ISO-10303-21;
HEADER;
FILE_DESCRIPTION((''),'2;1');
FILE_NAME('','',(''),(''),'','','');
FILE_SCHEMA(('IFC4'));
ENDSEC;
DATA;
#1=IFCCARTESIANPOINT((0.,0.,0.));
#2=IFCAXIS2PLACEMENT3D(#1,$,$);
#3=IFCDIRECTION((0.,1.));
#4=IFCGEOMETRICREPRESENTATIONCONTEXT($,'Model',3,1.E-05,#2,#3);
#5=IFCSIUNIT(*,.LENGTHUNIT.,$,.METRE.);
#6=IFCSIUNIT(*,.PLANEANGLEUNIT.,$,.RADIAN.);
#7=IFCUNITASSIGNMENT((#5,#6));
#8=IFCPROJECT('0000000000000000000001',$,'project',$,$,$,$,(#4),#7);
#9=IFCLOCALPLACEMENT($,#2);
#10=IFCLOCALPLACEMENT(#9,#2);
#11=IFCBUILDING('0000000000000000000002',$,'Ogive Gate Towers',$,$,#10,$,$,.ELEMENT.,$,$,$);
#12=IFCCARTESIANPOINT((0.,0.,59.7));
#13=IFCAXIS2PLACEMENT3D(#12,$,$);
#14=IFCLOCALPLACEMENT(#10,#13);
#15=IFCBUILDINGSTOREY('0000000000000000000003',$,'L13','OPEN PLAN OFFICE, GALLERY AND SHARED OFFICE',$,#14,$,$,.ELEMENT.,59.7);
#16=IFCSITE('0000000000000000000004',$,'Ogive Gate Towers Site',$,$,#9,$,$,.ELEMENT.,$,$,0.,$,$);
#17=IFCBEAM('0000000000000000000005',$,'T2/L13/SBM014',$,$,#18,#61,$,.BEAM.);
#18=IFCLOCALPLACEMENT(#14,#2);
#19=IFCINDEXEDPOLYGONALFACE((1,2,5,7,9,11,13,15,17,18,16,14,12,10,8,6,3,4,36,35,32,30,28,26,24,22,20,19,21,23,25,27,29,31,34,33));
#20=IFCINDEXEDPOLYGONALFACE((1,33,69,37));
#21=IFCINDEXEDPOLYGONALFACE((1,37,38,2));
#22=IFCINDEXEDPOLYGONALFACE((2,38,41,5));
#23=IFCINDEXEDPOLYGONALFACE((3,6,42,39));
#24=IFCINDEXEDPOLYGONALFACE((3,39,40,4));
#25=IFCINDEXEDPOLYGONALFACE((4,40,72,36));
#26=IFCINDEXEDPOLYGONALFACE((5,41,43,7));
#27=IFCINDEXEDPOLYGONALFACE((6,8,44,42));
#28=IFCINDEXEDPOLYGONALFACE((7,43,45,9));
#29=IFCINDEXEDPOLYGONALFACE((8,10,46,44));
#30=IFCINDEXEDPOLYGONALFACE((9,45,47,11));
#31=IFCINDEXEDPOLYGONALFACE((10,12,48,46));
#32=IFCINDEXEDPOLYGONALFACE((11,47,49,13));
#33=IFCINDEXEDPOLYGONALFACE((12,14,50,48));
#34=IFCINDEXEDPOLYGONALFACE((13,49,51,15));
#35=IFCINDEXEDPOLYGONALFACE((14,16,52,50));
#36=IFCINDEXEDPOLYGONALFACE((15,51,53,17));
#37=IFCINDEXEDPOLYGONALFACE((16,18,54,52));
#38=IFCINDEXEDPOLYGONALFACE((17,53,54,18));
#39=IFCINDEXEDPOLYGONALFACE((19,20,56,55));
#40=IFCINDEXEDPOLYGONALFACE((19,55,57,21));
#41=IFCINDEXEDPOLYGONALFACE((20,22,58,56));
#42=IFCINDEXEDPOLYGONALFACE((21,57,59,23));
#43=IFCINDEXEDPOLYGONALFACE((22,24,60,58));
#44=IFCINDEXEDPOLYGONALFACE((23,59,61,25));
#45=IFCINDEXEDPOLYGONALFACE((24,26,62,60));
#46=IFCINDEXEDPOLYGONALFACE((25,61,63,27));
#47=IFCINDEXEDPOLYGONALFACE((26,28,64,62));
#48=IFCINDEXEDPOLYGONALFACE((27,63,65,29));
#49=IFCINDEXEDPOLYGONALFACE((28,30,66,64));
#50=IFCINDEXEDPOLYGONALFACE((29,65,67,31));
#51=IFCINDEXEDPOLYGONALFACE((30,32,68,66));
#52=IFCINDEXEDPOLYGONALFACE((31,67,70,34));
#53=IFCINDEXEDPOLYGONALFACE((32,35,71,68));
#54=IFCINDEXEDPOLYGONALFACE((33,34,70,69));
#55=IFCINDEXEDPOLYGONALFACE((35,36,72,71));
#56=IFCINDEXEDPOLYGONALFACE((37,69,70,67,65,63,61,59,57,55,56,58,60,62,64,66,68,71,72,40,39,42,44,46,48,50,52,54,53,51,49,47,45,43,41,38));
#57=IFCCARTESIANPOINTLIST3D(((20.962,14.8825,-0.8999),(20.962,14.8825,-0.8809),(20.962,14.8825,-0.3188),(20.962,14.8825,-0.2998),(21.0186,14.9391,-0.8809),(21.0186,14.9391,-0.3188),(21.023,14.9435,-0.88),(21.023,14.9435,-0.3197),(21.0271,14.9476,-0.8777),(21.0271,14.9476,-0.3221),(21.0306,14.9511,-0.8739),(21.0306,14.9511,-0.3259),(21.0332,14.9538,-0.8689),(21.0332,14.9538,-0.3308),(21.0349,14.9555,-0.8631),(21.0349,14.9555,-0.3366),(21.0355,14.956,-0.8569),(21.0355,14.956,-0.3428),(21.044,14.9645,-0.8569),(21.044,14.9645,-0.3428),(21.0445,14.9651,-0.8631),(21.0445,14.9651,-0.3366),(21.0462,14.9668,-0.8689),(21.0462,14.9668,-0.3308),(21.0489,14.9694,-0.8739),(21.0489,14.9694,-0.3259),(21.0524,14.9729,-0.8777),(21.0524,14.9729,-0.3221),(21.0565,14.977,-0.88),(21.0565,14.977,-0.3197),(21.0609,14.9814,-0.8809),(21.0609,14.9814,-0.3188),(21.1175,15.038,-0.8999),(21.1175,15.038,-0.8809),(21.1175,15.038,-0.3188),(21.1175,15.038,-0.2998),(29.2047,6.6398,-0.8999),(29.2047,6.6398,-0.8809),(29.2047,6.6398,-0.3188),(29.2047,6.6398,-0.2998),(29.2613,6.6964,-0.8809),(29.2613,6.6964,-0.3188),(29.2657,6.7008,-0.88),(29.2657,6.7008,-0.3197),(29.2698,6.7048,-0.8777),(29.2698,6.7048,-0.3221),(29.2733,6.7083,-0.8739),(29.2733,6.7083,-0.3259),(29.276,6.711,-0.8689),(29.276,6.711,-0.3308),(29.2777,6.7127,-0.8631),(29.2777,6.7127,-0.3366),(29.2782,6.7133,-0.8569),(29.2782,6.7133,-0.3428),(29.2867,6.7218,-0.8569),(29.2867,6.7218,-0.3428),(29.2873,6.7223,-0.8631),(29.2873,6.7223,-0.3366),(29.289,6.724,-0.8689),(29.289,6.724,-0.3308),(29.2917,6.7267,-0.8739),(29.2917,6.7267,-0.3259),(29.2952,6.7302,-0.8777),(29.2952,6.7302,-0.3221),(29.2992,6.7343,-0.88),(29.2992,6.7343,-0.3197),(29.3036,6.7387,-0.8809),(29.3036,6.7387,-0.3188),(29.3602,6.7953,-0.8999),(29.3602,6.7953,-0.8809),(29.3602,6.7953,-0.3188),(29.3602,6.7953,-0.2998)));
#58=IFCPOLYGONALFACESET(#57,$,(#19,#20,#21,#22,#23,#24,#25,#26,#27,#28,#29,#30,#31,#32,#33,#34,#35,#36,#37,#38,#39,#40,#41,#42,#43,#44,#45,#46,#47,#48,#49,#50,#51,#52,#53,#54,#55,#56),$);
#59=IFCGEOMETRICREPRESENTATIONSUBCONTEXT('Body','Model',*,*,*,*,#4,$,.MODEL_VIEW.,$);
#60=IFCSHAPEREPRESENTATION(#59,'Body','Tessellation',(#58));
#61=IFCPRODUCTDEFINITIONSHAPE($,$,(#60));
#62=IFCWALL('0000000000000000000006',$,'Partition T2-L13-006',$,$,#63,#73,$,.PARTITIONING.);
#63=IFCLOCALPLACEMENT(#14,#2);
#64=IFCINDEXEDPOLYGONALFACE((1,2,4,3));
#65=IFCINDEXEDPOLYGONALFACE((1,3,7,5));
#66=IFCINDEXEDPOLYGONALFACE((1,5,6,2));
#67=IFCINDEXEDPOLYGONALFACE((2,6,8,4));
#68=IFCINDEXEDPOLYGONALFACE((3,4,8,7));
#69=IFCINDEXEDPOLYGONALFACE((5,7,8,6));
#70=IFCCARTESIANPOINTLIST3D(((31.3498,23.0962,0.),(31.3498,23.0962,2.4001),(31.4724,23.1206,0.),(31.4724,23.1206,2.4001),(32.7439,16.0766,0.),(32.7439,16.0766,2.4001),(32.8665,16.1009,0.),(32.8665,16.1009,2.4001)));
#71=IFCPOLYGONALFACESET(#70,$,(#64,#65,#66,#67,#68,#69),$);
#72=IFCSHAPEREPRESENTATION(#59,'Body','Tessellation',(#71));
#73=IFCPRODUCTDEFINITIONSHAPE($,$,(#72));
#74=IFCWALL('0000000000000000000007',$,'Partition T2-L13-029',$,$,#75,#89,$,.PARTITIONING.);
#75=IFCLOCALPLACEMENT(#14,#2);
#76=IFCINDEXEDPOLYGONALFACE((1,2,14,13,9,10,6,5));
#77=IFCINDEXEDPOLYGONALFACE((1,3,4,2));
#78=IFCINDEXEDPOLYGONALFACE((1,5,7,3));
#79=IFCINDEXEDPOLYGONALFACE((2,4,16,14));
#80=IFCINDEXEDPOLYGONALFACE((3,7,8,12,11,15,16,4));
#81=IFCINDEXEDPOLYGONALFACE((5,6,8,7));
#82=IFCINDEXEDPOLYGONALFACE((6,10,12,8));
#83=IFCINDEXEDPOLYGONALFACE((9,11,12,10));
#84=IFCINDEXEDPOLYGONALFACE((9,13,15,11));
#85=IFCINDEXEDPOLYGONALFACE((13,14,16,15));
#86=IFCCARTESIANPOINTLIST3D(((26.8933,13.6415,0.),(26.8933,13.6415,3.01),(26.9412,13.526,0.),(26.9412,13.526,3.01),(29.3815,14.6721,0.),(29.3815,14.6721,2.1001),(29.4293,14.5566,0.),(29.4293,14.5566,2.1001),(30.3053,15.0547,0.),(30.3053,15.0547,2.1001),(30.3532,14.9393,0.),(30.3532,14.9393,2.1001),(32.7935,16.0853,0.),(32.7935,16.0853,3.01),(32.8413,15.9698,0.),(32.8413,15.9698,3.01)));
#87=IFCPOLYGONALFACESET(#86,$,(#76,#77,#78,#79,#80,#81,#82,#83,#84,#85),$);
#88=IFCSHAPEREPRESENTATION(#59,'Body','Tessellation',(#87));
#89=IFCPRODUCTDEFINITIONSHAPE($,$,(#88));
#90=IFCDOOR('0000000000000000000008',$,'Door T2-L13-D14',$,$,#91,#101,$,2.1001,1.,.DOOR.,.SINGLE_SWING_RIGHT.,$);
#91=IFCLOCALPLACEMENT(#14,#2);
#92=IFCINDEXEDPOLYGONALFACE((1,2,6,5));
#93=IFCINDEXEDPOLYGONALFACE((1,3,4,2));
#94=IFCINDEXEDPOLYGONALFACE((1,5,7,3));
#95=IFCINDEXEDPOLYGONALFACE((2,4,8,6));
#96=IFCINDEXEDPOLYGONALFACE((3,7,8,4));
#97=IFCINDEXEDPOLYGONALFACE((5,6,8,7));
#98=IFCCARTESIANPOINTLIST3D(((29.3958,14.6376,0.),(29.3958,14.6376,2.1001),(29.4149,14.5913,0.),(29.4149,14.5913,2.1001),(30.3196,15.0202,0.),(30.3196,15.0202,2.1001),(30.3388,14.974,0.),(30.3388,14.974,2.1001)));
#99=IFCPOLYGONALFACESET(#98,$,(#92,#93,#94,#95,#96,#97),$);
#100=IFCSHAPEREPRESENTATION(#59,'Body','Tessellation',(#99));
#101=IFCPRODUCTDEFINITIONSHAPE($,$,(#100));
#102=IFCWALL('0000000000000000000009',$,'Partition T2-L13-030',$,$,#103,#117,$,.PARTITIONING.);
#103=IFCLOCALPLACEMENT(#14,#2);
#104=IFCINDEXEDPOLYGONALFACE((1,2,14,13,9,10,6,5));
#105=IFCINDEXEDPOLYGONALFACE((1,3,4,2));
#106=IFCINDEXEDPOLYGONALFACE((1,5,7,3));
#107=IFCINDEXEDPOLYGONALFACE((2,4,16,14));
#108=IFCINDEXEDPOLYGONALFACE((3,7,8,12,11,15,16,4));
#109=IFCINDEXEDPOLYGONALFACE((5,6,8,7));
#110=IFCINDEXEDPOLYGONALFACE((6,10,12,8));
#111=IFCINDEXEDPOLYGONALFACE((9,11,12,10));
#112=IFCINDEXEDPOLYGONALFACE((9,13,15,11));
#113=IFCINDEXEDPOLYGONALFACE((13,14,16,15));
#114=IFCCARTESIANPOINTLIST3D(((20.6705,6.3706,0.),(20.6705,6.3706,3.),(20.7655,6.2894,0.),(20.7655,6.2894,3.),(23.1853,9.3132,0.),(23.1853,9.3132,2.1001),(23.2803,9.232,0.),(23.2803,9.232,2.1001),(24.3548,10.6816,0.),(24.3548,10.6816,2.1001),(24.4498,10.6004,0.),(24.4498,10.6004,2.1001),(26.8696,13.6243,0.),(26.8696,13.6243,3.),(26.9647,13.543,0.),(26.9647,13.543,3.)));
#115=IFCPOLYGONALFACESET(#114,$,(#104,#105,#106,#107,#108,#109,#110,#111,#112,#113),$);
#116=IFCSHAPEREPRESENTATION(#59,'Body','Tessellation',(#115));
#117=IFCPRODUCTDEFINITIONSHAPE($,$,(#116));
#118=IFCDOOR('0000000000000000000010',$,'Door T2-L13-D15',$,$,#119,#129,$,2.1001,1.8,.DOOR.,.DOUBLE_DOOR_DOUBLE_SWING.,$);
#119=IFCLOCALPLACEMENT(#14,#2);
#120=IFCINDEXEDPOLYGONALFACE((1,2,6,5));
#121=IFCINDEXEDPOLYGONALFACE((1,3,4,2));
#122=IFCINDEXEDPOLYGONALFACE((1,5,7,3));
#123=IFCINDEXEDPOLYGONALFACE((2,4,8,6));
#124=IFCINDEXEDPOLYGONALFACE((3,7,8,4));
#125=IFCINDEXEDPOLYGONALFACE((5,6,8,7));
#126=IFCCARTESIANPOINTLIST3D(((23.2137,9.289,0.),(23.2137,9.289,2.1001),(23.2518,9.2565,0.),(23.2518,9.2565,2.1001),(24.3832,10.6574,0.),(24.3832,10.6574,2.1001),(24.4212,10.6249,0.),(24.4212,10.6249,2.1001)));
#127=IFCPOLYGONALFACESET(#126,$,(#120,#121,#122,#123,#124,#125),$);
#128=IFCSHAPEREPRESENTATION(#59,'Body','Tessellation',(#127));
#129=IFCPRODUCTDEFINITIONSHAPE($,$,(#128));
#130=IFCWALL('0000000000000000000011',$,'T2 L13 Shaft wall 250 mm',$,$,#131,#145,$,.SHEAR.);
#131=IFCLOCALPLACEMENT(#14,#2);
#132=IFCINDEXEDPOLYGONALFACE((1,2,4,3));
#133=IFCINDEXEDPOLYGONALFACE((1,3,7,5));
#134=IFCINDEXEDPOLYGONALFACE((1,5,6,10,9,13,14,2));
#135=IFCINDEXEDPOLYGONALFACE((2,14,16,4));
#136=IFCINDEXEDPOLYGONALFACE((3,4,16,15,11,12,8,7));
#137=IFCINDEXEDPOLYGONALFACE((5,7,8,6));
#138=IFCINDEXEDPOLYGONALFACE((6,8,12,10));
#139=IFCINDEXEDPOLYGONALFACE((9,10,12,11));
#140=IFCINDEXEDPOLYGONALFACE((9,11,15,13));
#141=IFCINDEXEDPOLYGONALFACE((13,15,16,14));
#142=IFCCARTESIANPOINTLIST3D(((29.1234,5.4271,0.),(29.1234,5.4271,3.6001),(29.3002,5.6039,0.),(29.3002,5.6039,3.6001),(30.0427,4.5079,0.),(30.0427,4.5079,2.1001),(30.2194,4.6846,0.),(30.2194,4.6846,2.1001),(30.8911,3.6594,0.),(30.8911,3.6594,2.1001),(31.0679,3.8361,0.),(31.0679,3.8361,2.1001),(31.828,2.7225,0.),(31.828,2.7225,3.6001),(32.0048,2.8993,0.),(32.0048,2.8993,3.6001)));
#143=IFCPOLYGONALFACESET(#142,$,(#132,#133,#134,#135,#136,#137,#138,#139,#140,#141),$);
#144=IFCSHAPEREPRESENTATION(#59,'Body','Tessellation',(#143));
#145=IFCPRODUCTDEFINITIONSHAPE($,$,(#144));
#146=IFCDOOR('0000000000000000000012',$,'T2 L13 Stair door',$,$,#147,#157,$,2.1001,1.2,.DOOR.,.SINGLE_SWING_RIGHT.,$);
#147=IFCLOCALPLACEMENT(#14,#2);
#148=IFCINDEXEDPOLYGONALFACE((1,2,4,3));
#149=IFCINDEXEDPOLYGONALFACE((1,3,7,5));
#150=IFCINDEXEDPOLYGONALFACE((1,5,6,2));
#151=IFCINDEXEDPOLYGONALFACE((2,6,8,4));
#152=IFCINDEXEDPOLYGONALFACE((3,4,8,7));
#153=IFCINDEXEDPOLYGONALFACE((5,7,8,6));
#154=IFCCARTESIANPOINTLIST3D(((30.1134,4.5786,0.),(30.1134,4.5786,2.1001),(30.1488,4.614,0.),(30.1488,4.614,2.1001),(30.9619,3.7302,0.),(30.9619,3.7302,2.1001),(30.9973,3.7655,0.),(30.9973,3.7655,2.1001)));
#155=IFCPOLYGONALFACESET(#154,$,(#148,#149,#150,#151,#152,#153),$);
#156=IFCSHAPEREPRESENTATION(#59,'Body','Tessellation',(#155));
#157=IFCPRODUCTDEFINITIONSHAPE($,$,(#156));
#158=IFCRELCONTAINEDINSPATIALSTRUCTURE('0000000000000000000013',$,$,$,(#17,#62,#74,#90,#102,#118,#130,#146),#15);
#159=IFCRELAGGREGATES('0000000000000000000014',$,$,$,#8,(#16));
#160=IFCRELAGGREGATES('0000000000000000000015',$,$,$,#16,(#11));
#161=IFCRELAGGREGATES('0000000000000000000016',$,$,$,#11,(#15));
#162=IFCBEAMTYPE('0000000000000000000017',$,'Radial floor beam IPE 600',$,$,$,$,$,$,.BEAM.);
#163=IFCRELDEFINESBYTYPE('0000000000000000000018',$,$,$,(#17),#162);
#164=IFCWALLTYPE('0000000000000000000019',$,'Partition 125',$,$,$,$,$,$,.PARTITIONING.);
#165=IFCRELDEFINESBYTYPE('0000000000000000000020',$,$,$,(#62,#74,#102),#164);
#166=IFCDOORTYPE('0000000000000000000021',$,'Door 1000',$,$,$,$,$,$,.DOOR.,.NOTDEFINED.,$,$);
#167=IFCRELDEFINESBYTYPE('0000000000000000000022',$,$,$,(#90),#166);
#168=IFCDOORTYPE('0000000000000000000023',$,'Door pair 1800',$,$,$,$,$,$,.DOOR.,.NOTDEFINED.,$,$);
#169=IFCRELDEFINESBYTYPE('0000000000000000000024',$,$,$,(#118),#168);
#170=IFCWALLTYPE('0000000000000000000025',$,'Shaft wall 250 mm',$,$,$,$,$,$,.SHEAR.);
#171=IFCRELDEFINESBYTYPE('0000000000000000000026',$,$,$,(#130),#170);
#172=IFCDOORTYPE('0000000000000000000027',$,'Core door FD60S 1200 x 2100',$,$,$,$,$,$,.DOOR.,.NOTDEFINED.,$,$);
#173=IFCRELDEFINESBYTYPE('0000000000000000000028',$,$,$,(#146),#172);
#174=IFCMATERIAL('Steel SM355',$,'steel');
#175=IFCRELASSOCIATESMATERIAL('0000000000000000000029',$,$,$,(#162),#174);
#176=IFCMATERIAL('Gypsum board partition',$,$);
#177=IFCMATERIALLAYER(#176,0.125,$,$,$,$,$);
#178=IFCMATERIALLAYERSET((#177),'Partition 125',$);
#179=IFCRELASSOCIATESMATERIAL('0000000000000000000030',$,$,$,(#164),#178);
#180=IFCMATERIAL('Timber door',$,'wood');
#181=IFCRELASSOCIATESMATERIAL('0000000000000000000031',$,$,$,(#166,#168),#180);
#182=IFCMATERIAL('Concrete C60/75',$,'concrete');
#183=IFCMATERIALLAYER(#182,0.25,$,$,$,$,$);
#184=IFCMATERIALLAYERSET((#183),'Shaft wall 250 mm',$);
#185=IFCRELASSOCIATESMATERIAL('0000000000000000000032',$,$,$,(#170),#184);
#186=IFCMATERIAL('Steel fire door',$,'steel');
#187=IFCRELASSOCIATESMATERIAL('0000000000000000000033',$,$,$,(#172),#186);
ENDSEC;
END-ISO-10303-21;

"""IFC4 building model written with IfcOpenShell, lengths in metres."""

from ifc_helpers import new_model, si_unit, direction, frame, frame_2d, origin, origin_2d, place, context, subcontext, project, spatial, rectangle, i_section, extrude, material, layer, layer_set, material_profile, profile_set, type_object, element, fill, save


model = new_model("IFC4")

# Units and contexts
model_context = context("Model", 3, precision=1e-05, world=origin(), true_north=direction((0.0, 1.0)))
body_context = subcontext(model_context, "Body", "Model", "MODEL_VIEW")
ifc_project = project(units=[si_unit("LENGTHUNIT", "METRE"), si_unit("PLANEANGLEUNIT", "RADIAN")], contexts=[model_context])

# Site, building, storey
site_placement = place(None, origin())
site = spatial("IfcSite", under=ifc_project, at=site_placement, Name="Ogive Gate Towers Site", CompositionType="ELEMENT", RefElevation=0.0)
building_placement = place(site_placement, origin())
building = spatial("IfcBuilding", under=site, at=building_placement, Name="Ogive Gate Towers", CompositionType="ELEMENT")
storey_placement = place(building_placement, frame((0.0, 0.0, 59.7)))
storey = spatial("IfcBuildingStorey", under=building, at=storey_placement, Name="L13", Description="OPEN PLAN OFFICE, GALLERY AND SHARED OFFICE", CompositionType="ELEMENT", Elevation=59.7)

# Beam
ifc_material_1 = material(Name="Steel SM355", Category="steel")
ifc_material_profile_1 = material_profile(ifc_material_1, i_section(OverallWidth=0.22, OverallDepth=0.6001, WebThickness=0.012, FlangeThickness=0.019, FilletRadius=0.0239, at=origin_2d()), Name="IPE 600")
ifc_profile_set_1 = profile_set([ifc_material_profile_1], Name="Steel SM355")
beam_type_1 = type_object("IfcBeamType", Name="Radial floor beam IPE 600", PredefinedType="BEAM", material=ifc_profile_set_1)
beam_1_placement = place(storey_placement, frame((29.2825, 6.7175, -0.5999), z_axis=(-0.707107, 0.707107, 0.0), x_axis=(-0.707107, -0.707107, 0.0)))
element("IfcBeam", 1, at=beam_1_placement, inside=storey, type_object=beam_type_1, Name="T2/L13/SBM014", PredefinedType="BEAM", context=body_context, shape_type="SweptSolid", body=[
    extrude(i_section(OverallWidth=0.22, OverallDepth=0.6001, WebThickness=0.012, FlangeThickness=0.019, FilletRadius=0.0239, at=origin_2d()), origin(), (0.0, 0.0, 1.0), 11.657),
])

# Wall
ifc_material_2 = material(Name="Gypsum board partition")
ifc_layer_1 = layer(ifc_material_2, 0.125)
ifc_layer_set_1 = layer_set([ifc_layer_1], Name="Partition 125")
wall_type_1 = type_object("IfcWallType", Name="Partition 125", PredefinedType="PARTITIONING", material=ifc_layer_set_1)
wall_1_placement = place(storey_placement, frame((31.4111, 23.1084, 0.0), z_axis=(0.0, 0.0, 1.0), x_axis=(0.194791, -0.980845, 0.0)))
element("IfcWall", 2, at=wall_1_placement, inside=storey, type_object=wall_type_1, Name="Partition T2-L13-006", PredefinedType="PARTITIONING", context=body_context, shape_type="SweptSolid", body=[
    extrude(rectangle(XDim=7.1567, YDim=0.125, at=frame_2d((3.5784, 0.0))), origin(), (0.0, 0.0, 1.0), 2.4001),
])

# Walls, openings, doors
wall_2_placement = place(storey_placement, frame((32.8174, 16.0276, 0.0), z_axis=(0.0, 0.0, 1.0), x_axis=(-0.923884, -0.382674, 0.0)))
wall_2 = element("IfcWall", 3, at=wall_2_placement, inside=storey, type_object=wall_type_1, Name="Partition T2-L13-029", PredefinedType="PARTITIONING", context=body_context, shape_type="SweptSolid", body=[
    extrude(rectangle(XDim=6.3862, YDim=0.125, at=frame_2d((3.1931, 0.0))), origin(), (0.0, 0.0, 1.0), 3.01),
])
opening_1_placement = place(wall_2_placement, frame((2.6931, 0.0, 0.0)))
opening_1 = element("IfcOpeningElement", 4, at=opening_1_placement, cuts=wall_2, PredefinedType="OPENING", context=body_context, shape_type="SweptSolid", body=[
    extrude(rectangle(XDim=1.0, YDim=2.1001, at=frame_2d((0.5, 1.05))), frame((0.0, 0.0725, 0.0), z_axis=(0.0, -1.0, 0.0), x_axis=(1.0, 0.0, 0.0)), (0.0, 0.0, 1.0), 0.145),
])
ifc_material_3 = material(Name="Timber door", Category="wood")
door_type_1 = type_object("IfcDoorType", Name="Door 1000", OperationType="NOTDEFINED", PredefinedType="DOOR", material=ifc_material_3)
door_1_placement = place(opening_1_placement, origin())
door_1 = element("IfcDoor", 5, at=door_1_placement, inside=storey, type_object=door_type_1, Name="Door T2-L13-D14", OperationType="SINGLE_SWING_RIGHT", OverallHeight=2.1001, OverallWidth=1.0, PredefinedType="DOOR", context=body_context, shape_type="SweptSolid", body=[
    extrude(rectangle(XDim=1.0, YDim=2.1001, at=frame_2d((0.5, 1.05))), frame((0.0, 0.0249, 0.0), z_axis=(0.0, -1.0, 0.0), x_axis=(1.0, 0.0, 0.0)), (0.0, 0.0, 1.0), 0.05),
])
fill(opening_1, door_1)
wall_3_placement = place(storey_placement, frame((26.9172, 13.5837, 0.0), z_axis=(0.0, 0.0, 1.0), x_axis=(-0.649691, -0.760199, 0.0)))
wall_3 = element("IfcWall", 6, at=wall_3_placement, inside=storey, type_object=wall_type_1, Name="Partition T2-L13-030", PredefinedType="PARTITIONING", context=body_context, shape_type="SweptSolid", body=[
    extrude(rectangle(XDim=9.5417, YDim=0.125, at=frame_2d((4.771, 0.0))), origin(), (0.0, 0.0, 1.0), 3.0),
])
opening_2_placement = place(wall_3_placement, frame((3.8711, 0.0, 0.0)))
opening_2 = element("IfcOpeningElement", 7, at=opening_2_placement, cuts=wall_3, PredefinedType="OPENING", context=body_context, shape_type="SweptSolid", body=[
    extrude(rectangle(XDim=1.8, YDim=2.1001, at=frame_2d((0.8999, 1.05))), frame((0.0, 0.0725, 0.0), z_axis=(0.0, -1.0, 0.0), x_axis=(1.0, 0.0, 0.0)), (0.0, 0.0, 1.0), 0.145),
])
door_type_2 = type_object("IfcDoorType", Name="Door pair 1800", OperationType="NOTDEFINED", PredefinedType="DOOR", material=ifc_material_3)
door_2_placement = place(opening_2_placement, origin())
door_2 = element("IfcDoor", 8, at=door_2_placement, inside=storey, type_object=door_type_2, Name="Door T2-L13-D15", OperationType="DOUBLE_DOOR_DOUBLE_SWING", OverallHeight=2.1001, OverallWidth=1.8, PredefinedType="DOOR", context=body_context, shape_type="SweptSolid", body=[
    extrude(rectangle(XDim=1.8, YDim=2.1001, at=frame_2d((0.8999, 1.05))), frame((0.0, 0.0249, 0.0), z_axis=(0.0, -1.0, 0.0), x_axis=(1.0, 0.0, 0.0)), (0.0, 0.0, 1.0), 0.05),
])
fill(opening_2, door_2)
ifc_material_4 = material(Name="Concrete C60/75", Category="concrete")
ifc_layer_2 = layer(ifc_material_4, 0.25)
ifc_layer_set_2 = layer_set([ifc_layer_2], Name="Shaft wall 250 mm")
wall_type_2 = type_object("IfcWallType", Name="Shaft wall 250 mm", PredefinedType="SHEAR", material=ifc_layer_set_2)
wall_4_placement = place(storey_placement, frame((31.9165, 2.8108, 0.0), z_axis=(0.0, 0.0, 1.0), x_axis=(-0.707107, 0.707107, 0.0)))
wall_4 = element("IfcWall", 9, at=wall_4_placement, inside=storey, type_object=wall_type_2, Name="T2 L13 Shaft wall 250 mm", PredefinedType="SHEAR", context=body_context, shape_type="SweptSolid", body=[
    extrude(rectangle(XDim=3.825, YDim=0.25, at=frame_2d((1.9126, 0.0))), origin(), (0.0, 0.0, 1.0), 3.6001),
])
opening_3_placement = place(wall_4_placement, frame((1.325, 0.0, 0.0)))
opening_3 = element("IfcOpeningElement", 10, at=opening_3_placement, cuts=wall_4, PredefinedType="OPENING", context=body_context, shape_type="SweptSolid", body=[
    extrude(rectangle(XDim=1.2, YDim=2.1001, at=frame_2d((0.6001, 1.05))), frame((0.0, 0.135, 0.0), z_axis=(0.0, -1.0, 0.0), x_axis=(1.0, 0.0, 0.0)), (0.0, 0.0, 1.0), 0.27),
])
ifc_material_5 = material(Name="Steel fire door", Category="steel")
door_type_3 = type_object("IfcDoorType", Name="Core door FD60S 1200 x 2100", OperationType="NOTDEFINED", PredefinedType="DOOR", material=ifc_material_5)
door_3_placement = place(opening_3_placement, origin())
door_3 = element("IfcDoor", 11, at=door_3_placement, inside=storey, type_object=door_type_3, Name="T2 L13 Stair door", OperationType="SINGLE_SWING_RIGHT", OverallHeight=2.1001, OverallWidth=1.2, PredefinedType="DOOR", context=body_context, shape_type="SweptSolid", body=[
    extrude(rectangle(XDim=1.2, YDim=2.1001, at=frame_2d((0.6001, 1.05))), frame((0.0, 0.0249, 0.0), z_axis=(0.0, -1.0, 0.0), x_axis=(1.0, 0.0, 0.0)), (0.0, 0.0, 1.0), 0.05),
])
fill(opening_3, door_3)

save(model, "model.ifc")
